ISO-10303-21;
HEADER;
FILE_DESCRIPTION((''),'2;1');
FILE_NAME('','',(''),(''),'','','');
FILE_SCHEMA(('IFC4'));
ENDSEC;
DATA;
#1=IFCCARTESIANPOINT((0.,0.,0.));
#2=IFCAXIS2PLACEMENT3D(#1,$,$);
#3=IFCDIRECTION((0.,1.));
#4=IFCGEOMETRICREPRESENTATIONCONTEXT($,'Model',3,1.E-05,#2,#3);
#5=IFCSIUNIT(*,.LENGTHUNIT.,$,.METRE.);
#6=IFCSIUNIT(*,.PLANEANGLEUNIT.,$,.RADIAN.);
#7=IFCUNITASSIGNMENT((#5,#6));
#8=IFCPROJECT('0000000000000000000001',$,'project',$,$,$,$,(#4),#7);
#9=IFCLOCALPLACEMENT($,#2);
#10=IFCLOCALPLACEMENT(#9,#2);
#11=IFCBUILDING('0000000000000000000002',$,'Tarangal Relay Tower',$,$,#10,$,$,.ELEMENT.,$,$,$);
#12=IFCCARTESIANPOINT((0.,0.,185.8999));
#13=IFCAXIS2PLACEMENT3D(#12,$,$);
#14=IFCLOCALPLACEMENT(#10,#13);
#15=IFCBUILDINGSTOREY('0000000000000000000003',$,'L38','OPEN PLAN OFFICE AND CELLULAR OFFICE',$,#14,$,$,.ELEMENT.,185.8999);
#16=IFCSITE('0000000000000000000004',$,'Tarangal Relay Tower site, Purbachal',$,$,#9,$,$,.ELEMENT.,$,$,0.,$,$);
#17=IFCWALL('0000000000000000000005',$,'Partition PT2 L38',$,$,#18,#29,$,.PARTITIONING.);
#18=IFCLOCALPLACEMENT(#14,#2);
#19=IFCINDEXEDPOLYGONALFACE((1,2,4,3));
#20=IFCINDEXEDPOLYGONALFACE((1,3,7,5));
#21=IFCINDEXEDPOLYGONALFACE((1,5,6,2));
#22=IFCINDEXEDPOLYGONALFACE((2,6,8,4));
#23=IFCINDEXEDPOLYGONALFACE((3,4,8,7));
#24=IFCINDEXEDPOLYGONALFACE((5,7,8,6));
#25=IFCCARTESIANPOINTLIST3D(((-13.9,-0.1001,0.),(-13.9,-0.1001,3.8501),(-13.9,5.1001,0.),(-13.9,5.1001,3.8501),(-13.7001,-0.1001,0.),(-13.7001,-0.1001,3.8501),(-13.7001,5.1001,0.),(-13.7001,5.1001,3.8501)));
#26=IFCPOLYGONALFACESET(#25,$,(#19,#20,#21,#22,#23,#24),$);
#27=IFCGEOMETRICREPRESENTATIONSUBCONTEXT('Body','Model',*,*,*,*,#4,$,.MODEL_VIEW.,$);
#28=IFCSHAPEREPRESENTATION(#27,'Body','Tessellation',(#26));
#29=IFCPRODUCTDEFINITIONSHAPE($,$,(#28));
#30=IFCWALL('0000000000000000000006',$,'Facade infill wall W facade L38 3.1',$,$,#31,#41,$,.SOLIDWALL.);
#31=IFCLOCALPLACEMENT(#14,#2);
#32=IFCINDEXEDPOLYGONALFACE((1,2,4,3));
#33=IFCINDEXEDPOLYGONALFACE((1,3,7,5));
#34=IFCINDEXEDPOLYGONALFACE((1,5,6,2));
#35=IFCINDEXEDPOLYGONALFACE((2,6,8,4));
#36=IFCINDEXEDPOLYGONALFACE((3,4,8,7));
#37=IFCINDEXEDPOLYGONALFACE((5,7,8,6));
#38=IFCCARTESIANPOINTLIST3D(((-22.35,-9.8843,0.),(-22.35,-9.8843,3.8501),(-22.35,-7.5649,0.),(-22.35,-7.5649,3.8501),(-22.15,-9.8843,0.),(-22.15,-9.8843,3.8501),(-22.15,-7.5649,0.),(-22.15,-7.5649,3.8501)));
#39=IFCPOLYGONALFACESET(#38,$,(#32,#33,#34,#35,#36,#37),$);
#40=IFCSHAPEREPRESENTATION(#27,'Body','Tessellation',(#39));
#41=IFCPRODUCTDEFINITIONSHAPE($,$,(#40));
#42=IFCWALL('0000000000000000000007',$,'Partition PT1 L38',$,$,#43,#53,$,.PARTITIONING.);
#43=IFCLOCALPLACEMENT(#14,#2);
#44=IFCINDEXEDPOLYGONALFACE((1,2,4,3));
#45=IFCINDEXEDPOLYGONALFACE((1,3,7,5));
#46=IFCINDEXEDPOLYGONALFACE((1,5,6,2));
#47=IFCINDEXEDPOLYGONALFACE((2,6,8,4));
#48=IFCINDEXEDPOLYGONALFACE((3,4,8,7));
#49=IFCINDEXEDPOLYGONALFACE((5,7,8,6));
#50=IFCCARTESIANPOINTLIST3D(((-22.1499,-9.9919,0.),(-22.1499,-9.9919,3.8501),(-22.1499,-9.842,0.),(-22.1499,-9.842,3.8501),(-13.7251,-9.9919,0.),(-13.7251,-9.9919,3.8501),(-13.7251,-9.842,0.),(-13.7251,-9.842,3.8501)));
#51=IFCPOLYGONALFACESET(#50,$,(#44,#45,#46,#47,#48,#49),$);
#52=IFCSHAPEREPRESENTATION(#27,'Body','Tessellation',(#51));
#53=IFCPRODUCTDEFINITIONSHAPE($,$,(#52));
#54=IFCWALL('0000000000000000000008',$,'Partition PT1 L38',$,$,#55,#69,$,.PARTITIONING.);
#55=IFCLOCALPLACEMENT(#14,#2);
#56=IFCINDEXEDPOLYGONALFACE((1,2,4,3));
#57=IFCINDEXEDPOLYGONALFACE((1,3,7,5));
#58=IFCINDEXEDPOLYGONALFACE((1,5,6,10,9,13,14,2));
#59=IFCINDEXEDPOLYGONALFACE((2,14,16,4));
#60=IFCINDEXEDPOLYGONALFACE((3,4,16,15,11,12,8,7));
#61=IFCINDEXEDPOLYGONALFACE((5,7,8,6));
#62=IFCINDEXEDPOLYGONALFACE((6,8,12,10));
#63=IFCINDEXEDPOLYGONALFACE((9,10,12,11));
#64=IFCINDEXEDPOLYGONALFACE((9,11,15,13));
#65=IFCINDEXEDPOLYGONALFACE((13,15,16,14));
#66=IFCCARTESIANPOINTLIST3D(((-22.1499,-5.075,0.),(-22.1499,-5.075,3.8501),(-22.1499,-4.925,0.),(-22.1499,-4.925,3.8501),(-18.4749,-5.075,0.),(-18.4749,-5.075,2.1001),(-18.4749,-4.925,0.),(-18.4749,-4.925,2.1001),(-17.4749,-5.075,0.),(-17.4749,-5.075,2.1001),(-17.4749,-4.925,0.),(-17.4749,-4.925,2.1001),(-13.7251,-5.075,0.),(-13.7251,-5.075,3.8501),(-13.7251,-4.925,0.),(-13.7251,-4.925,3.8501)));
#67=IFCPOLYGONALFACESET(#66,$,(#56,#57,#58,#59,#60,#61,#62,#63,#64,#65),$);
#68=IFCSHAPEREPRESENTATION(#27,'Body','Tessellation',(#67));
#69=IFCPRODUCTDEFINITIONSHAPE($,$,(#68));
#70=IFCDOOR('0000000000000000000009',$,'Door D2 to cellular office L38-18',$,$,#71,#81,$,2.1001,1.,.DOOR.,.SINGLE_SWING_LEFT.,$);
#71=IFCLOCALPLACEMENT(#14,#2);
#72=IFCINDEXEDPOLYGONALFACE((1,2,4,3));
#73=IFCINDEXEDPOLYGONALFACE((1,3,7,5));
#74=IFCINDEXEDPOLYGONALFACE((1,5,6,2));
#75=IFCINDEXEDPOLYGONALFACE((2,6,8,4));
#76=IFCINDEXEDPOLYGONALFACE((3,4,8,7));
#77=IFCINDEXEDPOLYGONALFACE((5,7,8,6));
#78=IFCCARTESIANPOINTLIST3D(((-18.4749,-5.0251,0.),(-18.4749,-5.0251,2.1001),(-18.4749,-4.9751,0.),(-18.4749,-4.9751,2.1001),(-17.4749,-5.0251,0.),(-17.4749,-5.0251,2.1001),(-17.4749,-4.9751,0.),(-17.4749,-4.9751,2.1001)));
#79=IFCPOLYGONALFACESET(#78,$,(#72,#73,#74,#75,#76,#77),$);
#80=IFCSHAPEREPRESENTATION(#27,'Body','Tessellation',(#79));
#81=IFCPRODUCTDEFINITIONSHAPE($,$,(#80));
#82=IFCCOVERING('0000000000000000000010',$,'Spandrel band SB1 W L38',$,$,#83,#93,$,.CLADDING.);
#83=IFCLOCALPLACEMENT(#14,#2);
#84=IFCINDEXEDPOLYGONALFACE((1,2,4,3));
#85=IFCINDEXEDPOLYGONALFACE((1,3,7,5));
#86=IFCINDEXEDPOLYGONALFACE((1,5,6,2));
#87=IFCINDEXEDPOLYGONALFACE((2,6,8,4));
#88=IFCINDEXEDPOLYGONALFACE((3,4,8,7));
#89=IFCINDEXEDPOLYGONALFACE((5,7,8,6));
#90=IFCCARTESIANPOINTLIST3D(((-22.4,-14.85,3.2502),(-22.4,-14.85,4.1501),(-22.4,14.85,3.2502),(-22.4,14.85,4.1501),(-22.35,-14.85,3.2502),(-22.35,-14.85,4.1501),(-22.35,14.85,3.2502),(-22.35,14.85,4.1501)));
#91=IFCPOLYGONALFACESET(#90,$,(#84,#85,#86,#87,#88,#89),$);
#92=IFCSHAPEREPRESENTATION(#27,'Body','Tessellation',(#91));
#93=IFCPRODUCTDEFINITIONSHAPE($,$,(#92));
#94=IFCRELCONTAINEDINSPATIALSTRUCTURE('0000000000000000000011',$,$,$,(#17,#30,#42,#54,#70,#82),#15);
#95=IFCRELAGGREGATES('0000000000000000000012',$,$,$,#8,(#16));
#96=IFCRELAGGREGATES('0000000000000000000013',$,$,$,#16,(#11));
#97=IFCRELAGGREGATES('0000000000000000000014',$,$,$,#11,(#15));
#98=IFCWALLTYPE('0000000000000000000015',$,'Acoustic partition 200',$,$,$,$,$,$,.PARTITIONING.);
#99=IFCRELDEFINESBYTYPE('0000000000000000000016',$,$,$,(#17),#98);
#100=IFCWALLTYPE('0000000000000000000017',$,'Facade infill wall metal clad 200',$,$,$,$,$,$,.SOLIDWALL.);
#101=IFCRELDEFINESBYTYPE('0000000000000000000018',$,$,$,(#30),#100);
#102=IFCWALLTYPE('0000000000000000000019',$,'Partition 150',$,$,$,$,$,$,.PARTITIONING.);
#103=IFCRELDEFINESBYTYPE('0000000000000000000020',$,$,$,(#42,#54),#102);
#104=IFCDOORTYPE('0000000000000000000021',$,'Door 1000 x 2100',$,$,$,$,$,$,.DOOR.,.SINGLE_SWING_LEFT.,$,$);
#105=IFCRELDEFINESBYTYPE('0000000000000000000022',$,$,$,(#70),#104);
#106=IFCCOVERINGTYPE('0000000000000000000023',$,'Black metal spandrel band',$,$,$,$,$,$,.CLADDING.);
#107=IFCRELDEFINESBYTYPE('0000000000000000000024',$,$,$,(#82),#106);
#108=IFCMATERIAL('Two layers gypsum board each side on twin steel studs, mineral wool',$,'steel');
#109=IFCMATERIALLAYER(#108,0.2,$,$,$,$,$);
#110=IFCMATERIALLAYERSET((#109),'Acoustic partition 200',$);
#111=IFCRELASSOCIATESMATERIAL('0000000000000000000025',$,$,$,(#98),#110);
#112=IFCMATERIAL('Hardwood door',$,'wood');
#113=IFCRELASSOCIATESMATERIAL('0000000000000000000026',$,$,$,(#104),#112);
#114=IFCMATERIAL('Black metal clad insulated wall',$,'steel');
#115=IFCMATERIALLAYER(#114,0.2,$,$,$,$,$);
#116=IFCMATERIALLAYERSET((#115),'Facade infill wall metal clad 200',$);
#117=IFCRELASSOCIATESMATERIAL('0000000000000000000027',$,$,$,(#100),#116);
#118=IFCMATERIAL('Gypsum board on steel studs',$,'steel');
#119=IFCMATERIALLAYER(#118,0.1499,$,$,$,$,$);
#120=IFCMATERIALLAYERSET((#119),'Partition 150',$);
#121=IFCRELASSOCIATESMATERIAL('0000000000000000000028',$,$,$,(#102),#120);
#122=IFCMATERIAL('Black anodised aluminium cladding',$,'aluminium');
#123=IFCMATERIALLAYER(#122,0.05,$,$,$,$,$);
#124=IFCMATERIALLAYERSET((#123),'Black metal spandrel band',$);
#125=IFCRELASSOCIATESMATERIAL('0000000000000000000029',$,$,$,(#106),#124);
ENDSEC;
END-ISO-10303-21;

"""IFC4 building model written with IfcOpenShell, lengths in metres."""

from ifc_helpers import new_model, si_unit, direction, frame, frame_2d, origin, origin_2d, place, context, subcontext, project, spatial, rectangle, extrude, material, layer, layer_set, type_object, element, fill, save


model = new_model("IFC4")

# Units and contexts
model_context = context("Model", 3, precision=1e-05, world=origin(), true_north=direction((0.0, 1.0)))
body_context = subcontext(model_context, "Body", "Model", "MODEL_VIEW")
ifc_project = project(units=[si_unit("LENGTHUNIT", "METRE"), si_unit("PLANEANGLEUNIT", "RADIAN")], contexts=[model_context])

# Site, building, storey
site_placement = place(None, origin())
site = spatial("IfcSite", under=ifc_project, at=site_placement, Name="Tarangal Relay Tower site, Purbachal", CompositionType="ELEMENT", RefElevation=0.0)
building_placement = place(site_placement, origin())
building = spatial("IfcBuilding", under=site, at=building_placement, Name="Tarangal Relay Tower", CompositionType="ELEMENT")
storey_placement = place(building_placement, frame((0.0, 0.0, 185.8999)))
storey = spatial("IfcBuildingStorey", under=building, at=storey_placement, Name="L38", Description="OPEN PLAN OFFICE AND CELLULAR OFFICE", CompositionType="ELEMENT", Elevation=185.8999)

# Shared definitions
ifc_material_1 = material(Name="Two layers gypsum board each side on twin steel studs, mineral wool", Category="steel")
ifc_layer_1 = layer(ifc_material_1, 0.2)
ifc_layer_set_1 = layer_set([ifc_layer_1], Name="Acoustic partition 200")
wall_type_1 = type_object("IfcWallType", Name="Acoustic partition 200", PredefinedType="PARTITIONING", material=ifc_layer_set_1)

# Shared definitions
ifc_material_2 = material(Name="Hardwood door", Category="wood")
door_type = type_object("IfcDoorType", Name="Door 1000 x 2100", OperationType="SINGLE_SWING_LEFT", PredefinedType="DOOR", material=ifc_material_2)

# Walls
wall_1_placement = place(storey_placement, frame((-13.8, -0.1001, 0.0), z_axis=(0.0, 0.0, 1.0), x_axis=(0.0, 1.0, 0.0)))
element("IfcWall", 1, at=wall_1_placement, inside=storey, type_object=wall_type_1, Name="Partition PT2 L38", PredefinedType="PARTITIONING", context=body_context, shape_type="SweptSolid", body=[
    extrude(rectangle(XDim=5.2002, YDim=0.2, at=frame_2d((2.6001, 0.0))), origin(), (0.0, 0.0, 1.0), 3.8501),
])
ifc_material_3 = material(Name="Black metal clad insulated wall", Category="steel")
ifc_layer_2 = layer(ifc_material_3, 0.2)
ifc_layer_set_2 = layer_set([ifc_layer_2], Name="Facade infill wall metal clad 200")
wall_type_2 = type_object("IfcWallType", Name="Facade infill wall metal clad 200", PredefinedType="SOLIDWALL", material=ifc_layer_set_2)
wall_2_placement = place(storey_placement, frame((-22.25, -9.8843, 0.0), z_axis=(0.0, 0.0, 1.0), x_axis=(0.0, 1.0, 0.0)))
element("IfcWall", 2, at=wall_2_placement, inside=storey, type_object=wall_type_2, Name="Facade infill wall W facade L38 3.1", PredefinedType="SOLIDWALL", context=body_context, shape_type="SweptSolid", body=[
    extrude(rectangle(XDim=2.3193, YDim=0.2, at=frame_2d((1.1597, 0.0))), origin(), (0.0, 0.0, 1.0), 3.8501),
])
ifc_material_4 = material(Name="Gypsum board on steel studs", Category="steel")
ifc_layer_3 = layer(ifc_material_4, 0.1499)
ifc_layer_set_3 = layer_set([ifc_layer_3], Name="Partition 150")
wall_type_3 = type_object("IfcWallType", Name="Partition 150", PredefinedType="PARTITIONING", material=ifc_layer_set_3)
wall_3_placement = place(storey_placement, frame((-22.1499, -9.917, 0.0), z_axis=(0.0, 0.0, 1.0), x_axis=(1.0, 0.0, 0.0)))
element("IfcWall", 3, at=wall_3_placement, inside=storey, type_object=wall_type_3, Name="Partition PT1 L38", PredefinedType="PARTITIONING", context=body_context, shape_type="SweptSolid", body=[
    extrude(rectangle(XDim=8.4248, YDim=0.1499, at=frame_2d((4.2124, 0.0))), origin(), (0.0, 0.0, 1.0), 3.8501),
])

# Wall, opening, door
wall_4_placement = place(storey_placement, frame((-22.1499, -5.0, 0.0), z_axis=(0.0, 0.0, 1.0), x_axis=(1.0, 0.0, 0.0)))
wall_4 = element("IfcWall", 4, at=wall_4_placement, inside=storey, type_object=wall_type_3, Name="Partition PT1 L38", PredefinedType="PARTITIONING", context=body_context, shape_type="SweptSolid", body=[
    extrude(rectangle(XDim=8.4248, YDim=0.1499, at=frame_2d((4.2124, 0.0))), origin(), (0.0, 0.0, 1.0), 3.8501),
])
opening_1_placement = place(wall_4_placement, frame((3.675, 0.0, 0.0)))
opening_1 = element("IfcOpeningElement", 5, at=opening_1_placement, cuts=wall_4, PredefinedType="OPENING", context=body_context, shape_type="SweptSolid", body=[
    extrude(rectangle(XDim=1.0, YDim=2.1001, at=frame_2d((0.5, 1.05))), frame((0.0, 0.085, 0.0), z_axis=(0.0, -1.0, 0.0), x_axis=(1.0, 0.0, 0.0)), (0.0, 0.0, 1.0), 0.1699),
])
door_1_placement = place(opening_1_placement, origin())
door_1 = element("IfcDoor", 6, at=door_1_placement, inside=storey, type_object=door_type, Name="Door D2 to cellular office L38-18", OperationType="SINGLE_SWING_LEFT", OverallHeight=2.1001, OverallWidth=1.0, PredefinedType="DOOR", context=body_context, shape_type="SweptSolid", body=[
    extrude(rectangle(XDim=1.0, YDim=2.1001, at=frame_2d((0.5, 1.05))), frame((0.0, 0.0249, 0.0), z_axis=(0.0, -1.0, 0.0), x_axis=(1.0, 0.0, 0.0)), (0.0, 0.0, 1.0), 0.05),
])
fill(opening_1, door_1)

# Covering
ifc_material_5 = material(Name="Black anodised aluminium cladding", Category="aluminium")
ifc_layer_4 = layer(ifc_material_5, 0.05)
ifc_layer_set_4 = layer_set([ifc_layer_4], Name="Black metal spandrel band")
covering_type = type_object("IfcCoveringType", Name="Black metal spandrel band", PredefinedType="CLADDING", material=ifc_layer_set_4)
covering_placement = place(storey_placement, frame((-22.375, 0.0, 3.2502), z_axis=(0.0, 0.0, 1.0), x_axis=(0.0, 1.0, 0.0)))
element("IfcCovering", 7, at=covering_placement, inside=storey, type_object=covering_type, Name="Spandrel band SB1 W L38", PredefinedType="CLADDING", context=body_context, shape_type="SweptSolid", body=[
    extrude(rectangle(XDim=29.7, YDim=0.05, at=origin_2d()), origin(), (0.0, 0.0, 1.0), 0.8999),
])

save(model, "model.ifc")
